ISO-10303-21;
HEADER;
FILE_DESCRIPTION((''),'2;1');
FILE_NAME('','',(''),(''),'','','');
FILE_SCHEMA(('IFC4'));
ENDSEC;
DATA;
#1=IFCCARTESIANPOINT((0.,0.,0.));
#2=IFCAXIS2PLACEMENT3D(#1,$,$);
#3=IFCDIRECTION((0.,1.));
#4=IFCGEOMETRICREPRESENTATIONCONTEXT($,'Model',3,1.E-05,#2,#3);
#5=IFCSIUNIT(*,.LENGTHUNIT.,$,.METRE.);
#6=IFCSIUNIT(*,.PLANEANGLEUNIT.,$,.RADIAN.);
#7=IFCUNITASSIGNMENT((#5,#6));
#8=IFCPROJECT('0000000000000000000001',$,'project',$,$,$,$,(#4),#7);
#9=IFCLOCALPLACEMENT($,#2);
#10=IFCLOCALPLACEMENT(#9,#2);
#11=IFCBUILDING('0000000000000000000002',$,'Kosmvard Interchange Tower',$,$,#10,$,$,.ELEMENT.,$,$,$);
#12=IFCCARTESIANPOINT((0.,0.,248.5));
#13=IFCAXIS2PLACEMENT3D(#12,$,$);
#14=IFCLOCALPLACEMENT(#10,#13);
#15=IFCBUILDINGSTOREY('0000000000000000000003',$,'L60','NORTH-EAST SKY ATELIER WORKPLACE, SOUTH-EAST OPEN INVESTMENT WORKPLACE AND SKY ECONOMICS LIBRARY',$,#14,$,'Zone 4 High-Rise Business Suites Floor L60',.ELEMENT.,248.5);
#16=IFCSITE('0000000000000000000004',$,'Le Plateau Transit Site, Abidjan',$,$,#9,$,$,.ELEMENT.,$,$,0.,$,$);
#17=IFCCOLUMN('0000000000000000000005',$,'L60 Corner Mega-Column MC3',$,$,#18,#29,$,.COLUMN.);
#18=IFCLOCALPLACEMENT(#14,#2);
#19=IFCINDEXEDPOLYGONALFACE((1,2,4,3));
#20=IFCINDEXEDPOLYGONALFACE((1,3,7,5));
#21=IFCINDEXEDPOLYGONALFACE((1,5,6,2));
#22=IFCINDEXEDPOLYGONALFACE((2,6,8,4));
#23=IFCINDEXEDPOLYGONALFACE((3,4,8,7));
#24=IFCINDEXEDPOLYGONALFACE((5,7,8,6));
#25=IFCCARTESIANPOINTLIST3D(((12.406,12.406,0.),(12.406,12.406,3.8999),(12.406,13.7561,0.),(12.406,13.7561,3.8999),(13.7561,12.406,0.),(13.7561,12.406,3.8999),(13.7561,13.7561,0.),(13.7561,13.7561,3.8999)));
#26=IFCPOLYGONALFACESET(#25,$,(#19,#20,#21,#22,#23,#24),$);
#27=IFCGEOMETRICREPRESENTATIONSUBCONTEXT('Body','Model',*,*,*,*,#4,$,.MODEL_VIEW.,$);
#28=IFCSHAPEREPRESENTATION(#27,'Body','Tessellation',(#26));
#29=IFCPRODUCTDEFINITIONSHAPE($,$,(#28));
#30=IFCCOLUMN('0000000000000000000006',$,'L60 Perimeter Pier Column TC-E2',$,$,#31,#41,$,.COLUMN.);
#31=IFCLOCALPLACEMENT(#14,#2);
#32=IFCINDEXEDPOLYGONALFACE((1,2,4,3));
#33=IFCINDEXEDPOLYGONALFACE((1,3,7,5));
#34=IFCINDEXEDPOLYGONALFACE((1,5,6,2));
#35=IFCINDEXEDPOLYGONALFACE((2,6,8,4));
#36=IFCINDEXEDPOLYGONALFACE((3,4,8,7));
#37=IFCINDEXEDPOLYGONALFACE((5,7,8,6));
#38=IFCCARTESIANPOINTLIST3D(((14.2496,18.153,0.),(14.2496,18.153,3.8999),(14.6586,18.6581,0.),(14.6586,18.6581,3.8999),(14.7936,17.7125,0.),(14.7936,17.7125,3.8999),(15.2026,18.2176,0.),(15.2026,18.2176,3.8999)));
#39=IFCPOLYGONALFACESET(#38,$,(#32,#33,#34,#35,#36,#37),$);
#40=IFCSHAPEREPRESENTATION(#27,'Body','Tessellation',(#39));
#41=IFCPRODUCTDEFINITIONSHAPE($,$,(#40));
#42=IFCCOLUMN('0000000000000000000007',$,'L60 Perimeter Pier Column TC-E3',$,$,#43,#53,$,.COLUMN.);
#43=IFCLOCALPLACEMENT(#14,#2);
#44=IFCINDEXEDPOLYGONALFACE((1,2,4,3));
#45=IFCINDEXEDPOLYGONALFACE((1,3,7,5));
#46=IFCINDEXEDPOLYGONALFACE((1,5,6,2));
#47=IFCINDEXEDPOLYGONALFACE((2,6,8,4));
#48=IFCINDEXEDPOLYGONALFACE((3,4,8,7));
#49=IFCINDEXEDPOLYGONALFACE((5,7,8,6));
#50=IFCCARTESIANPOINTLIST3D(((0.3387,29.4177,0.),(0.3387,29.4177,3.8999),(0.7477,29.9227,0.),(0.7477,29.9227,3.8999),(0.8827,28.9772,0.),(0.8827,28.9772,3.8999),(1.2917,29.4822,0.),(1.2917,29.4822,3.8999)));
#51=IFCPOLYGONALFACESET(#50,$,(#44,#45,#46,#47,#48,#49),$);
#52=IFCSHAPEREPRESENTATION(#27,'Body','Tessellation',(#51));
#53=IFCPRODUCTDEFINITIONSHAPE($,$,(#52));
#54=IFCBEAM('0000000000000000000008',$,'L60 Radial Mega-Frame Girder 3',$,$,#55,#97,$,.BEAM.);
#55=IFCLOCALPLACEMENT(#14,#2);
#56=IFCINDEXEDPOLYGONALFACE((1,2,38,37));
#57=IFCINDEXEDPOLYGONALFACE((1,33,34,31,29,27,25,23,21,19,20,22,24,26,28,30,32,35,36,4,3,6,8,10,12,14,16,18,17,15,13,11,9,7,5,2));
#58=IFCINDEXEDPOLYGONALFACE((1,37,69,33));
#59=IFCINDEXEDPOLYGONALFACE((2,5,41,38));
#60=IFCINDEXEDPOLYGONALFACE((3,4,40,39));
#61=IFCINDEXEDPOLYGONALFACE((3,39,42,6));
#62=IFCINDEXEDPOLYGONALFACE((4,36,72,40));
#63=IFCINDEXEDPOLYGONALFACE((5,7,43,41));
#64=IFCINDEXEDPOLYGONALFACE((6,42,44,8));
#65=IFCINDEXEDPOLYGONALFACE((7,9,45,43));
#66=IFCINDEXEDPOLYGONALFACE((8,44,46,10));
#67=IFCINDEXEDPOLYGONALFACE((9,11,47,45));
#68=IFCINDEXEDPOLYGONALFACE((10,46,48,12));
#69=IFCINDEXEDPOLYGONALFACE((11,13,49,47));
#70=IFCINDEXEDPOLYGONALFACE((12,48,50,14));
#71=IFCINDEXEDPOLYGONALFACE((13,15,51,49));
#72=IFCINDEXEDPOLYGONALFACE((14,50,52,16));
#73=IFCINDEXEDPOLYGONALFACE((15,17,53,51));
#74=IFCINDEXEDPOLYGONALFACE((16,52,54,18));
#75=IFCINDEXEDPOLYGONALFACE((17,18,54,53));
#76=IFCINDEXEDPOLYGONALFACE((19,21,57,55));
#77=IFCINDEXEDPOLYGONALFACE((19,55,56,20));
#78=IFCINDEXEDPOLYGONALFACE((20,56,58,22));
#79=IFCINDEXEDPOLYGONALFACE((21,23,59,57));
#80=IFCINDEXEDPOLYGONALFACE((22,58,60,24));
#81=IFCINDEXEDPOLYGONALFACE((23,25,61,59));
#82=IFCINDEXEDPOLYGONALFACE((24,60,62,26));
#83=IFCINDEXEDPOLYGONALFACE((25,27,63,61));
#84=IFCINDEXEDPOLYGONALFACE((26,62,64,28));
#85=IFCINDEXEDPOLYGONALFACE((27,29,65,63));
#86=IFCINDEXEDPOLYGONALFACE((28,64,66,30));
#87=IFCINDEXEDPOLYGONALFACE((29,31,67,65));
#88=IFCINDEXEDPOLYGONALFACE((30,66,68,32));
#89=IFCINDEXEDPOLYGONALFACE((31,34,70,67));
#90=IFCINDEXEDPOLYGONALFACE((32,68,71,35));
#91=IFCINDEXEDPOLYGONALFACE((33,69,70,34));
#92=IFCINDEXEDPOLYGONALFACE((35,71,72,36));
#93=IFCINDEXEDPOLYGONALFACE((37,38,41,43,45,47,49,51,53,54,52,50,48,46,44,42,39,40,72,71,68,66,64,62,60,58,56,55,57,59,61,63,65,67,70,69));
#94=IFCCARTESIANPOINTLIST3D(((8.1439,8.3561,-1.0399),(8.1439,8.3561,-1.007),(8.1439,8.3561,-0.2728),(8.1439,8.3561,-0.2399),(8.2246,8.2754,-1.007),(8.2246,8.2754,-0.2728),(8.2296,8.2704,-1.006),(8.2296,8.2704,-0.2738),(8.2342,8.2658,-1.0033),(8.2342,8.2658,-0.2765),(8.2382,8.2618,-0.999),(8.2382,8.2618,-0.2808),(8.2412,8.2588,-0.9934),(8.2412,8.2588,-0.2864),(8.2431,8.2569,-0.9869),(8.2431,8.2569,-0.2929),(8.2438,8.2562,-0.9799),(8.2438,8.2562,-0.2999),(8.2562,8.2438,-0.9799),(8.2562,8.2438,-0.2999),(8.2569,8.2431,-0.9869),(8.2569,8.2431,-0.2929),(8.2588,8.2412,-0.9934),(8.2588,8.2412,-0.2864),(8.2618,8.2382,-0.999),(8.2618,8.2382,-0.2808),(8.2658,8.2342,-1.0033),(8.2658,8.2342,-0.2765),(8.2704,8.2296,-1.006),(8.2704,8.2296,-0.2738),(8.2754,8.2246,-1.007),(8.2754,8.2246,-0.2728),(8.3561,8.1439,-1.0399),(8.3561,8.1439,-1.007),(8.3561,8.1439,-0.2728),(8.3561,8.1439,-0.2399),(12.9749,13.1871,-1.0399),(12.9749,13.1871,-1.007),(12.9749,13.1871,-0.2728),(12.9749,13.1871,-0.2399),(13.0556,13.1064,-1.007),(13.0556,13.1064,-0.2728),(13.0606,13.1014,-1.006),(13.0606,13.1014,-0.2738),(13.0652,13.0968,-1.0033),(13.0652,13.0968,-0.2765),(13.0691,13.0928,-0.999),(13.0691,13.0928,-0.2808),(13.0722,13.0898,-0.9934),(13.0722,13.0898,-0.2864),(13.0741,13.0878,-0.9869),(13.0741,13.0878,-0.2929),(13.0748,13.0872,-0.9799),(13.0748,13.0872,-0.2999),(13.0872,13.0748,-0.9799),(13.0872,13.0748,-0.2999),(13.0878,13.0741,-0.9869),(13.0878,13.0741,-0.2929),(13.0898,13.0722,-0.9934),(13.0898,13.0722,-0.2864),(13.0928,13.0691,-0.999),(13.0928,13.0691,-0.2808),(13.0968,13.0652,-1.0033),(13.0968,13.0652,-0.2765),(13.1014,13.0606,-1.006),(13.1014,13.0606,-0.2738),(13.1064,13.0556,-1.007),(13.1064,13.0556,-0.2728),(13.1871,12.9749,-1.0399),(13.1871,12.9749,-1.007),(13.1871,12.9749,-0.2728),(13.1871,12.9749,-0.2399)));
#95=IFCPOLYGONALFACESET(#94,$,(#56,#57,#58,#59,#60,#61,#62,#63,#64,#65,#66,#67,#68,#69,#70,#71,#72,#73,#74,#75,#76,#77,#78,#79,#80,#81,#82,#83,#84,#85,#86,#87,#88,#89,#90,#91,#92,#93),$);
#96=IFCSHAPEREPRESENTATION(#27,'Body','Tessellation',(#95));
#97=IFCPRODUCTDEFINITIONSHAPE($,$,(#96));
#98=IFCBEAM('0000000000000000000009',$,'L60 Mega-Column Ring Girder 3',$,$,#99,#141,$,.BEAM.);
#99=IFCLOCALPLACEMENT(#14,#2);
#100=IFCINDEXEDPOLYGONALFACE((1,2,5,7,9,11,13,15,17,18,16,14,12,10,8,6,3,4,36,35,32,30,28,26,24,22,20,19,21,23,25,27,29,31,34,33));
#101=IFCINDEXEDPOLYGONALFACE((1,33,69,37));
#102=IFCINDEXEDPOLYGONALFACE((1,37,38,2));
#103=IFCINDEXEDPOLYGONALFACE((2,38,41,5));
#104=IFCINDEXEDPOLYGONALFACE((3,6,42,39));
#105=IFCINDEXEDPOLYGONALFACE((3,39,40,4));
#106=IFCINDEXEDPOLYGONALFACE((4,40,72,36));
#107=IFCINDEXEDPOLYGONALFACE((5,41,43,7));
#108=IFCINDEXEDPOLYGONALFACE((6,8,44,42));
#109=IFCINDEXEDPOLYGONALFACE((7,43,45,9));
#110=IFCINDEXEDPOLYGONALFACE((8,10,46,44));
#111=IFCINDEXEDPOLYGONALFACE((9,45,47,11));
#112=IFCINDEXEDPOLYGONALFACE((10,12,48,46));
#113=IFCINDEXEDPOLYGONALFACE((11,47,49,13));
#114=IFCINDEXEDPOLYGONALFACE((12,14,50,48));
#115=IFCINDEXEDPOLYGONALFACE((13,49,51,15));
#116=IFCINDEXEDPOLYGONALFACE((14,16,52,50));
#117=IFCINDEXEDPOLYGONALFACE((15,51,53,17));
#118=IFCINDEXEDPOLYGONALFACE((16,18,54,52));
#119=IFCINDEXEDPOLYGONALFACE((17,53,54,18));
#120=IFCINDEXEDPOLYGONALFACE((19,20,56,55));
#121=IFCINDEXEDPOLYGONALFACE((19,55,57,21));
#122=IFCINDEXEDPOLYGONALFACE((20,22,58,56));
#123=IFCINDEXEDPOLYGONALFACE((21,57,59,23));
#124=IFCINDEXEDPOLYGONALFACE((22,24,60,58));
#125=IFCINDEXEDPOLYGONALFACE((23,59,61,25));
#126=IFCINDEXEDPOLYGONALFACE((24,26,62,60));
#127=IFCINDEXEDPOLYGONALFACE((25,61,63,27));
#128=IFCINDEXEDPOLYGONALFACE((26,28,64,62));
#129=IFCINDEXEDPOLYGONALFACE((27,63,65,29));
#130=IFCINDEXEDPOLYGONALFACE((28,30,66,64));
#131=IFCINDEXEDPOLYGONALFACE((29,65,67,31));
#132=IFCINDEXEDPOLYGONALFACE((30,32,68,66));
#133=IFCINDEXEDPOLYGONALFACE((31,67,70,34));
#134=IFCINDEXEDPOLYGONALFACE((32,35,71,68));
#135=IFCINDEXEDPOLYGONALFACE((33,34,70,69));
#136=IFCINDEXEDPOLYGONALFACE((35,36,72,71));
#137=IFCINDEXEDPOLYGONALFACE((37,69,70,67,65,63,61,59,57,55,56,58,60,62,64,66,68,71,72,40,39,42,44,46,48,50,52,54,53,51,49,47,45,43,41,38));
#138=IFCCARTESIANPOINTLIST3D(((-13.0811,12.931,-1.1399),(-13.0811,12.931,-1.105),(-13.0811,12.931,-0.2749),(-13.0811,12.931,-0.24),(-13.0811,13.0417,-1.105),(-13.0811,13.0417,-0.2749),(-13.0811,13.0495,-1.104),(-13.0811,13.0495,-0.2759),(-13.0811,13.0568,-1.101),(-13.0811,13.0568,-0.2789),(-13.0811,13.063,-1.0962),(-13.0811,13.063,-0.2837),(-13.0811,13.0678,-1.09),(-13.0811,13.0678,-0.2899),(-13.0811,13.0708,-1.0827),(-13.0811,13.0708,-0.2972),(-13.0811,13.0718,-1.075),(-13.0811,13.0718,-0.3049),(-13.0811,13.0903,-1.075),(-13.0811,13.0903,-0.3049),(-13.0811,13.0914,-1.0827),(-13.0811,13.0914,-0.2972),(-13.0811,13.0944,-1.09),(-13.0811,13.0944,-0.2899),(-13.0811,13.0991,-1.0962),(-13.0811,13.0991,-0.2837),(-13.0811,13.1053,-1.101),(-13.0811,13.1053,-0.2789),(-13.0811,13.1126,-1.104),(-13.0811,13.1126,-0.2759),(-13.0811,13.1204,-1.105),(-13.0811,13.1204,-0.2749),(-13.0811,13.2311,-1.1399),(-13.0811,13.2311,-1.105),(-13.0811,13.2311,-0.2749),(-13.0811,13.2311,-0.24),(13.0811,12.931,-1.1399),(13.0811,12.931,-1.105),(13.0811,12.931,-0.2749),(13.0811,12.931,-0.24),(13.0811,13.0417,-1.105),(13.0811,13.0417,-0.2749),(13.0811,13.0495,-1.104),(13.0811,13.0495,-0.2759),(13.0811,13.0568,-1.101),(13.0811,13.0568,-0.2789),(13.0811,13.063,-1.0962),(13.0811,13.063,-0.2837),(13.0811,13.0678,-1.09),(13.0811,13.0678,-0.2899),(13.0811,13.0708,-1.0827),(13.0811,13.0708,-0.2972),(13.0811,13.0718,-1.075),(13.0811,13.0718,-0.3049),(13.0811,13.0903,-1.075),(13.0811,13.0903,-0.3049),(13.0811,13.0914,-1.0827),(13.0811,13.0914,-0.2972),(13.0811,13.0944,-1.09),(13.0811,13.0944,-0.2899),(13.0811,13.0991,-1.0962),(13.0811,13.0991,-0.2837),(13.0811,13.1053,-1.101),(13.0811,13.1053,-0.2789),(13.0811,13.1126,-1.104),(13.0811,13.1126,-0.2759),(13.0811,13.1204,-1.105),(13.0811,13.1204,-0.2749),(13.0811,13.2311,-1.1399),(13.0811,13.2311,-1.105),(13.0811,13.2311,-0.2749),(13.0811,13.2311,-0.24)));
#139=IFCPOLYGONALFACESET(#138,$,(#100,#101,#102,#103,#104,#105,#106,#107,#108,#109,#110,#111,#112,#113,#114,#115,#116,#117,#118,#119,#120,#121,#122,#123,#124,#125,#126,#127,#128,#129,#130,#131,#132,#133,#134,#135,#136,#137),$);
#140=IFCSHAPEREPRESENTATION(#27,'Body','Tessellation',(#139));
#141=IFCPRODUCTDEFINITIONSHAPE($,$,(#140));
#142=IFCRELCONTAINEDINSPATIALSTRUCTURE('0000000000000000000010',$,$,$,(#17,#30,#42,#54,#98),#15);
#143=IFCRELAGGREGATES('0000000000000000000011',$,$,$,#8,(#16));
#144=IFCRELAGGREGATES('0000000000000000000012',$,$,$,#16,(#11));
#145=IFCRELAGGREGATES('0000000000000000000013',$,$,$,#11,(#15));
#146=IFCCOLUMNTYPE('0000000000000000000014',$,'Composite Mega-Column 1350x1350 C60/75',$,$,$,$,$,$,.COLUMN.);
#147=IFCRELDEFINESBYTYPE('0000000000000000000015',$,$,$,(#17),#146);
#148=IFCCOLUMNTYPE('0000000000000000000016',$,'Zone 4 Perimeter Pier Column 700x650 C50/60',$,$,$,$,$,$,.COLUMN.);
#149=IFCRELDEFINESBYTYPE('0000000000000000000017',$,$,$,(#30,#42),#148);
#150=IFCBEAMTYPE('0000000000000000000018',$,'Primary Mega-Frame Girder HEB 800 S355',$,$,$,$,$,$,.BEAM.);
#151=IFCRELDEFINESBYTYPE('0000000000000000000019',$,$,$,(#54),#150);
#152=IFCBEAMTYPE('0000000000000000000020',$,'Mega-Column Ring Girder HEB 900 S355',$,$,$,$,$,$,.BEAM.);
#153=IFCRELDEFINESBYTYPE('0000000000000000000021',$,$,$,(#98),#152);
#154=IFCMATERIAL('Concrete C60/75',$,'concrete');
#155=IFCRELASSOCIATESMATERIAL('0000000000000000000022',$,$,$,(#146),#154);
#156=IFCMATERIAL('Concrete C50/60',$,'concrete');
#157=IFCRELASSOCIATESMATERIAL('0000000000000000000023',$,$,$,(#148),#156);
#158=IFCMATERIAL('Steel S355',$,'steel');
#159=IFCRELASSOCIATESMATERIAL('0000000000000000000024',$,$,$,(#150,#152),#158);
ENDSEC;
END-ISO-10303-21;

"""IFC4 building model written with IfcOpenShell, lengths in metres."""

from ifc_helpers import new_model, si_unit, direction, frame, origin, origin_2d, place, context, subcontext, project, spatial, rectangle, i_section, extrude, source, transform, mapped, material, material_profile, profile_set, type_object, element, save


model = new_model("IFC4")

# Units and contexts
model_context = context("Model", 3, precision=1e-05, world=origin(), true_north=direction((0.0, 1.0)))
body_context = subcontext(model_context, "Body", "Model", "MODEL_VIEW")
ifc_project = project(units=[si_unit("LENGTHUNIT", "METRE"), si_unit("PLANEANGLEUNIT", "RADIAN")], contexts=[model_context])

# Site, building, storey
site_placement = place(None, origin())
site = spatial("IfcSite", under=ifc_project, at=site_placement, Name="Le Plateau Transit Site, Abidjan", CompositionType="ELEMENT", RefElevation=0.0)
building_placement = place(site_placement, origin())
building = spatial("IfcBuilding", under=site, at=building_placement, Name="Kosmvard Interchange Tower", CompositionType="ELEMENT")
storey_placement = place(building_placement, frame((0.0, 0.0, 248.5)))
storey = spatial("IfcBuildingStorey", under=building, at=storey_placement, Name="L60", Description="NORTH-EAST SKY ATELIER WORKPLACE, SOUTH-EAST OPEN INVESTMENT WORKPLACE AND SKY ECONOMICS LIBRARY", LongName="Zone 4 High-Rise Business Suites Floor L60", CompositionType="ELEMENT", Elevation=248.5)

# Columns
ifc_material_1 = material(Name="Concrete C60/75", Category="concrete")
ifc_material_profile_1 = material_profile(ifc_material_1, rectangle(XDim=1.3501, YDim=1.3501, at=origin_2d()), Name="MC 1350x1350")
ifc_profile_set_1 = profile_set([ifc_material_profile_1], Name="Concrete C60/75")
column_type_1 = type_object("IfcColumnType", Name="Composite Mega-Column 1350x1350 C60/75", PredefinedType="COLUMN", material=ifc_profile_set_1)
shared_shape_1 = source(origin(), body_context, "Body", "SweptSolid", [
    extrude(rectangle(XDim=1.3501, YDim=1.3501, at=origin_2d()), origin(), (0.0, 0.0, 1.0), 3.8999),
])
column_placement = place(storey_placement, frame((13.0811, 13.0811, 0.0), z_axis=(0.0, 0.0, 1.0), x_axis=(1.0, 0.0, 0.0)))
element("IfcColumn", 1, at=column_placement, inside=storey, type_object=column_type_1, Name="L60 Corner Mega-Column MC3", PredefinedType="COLUMN", context=body_context, shape_type="MappedRepresentation", body=[
    mapped(shared_shape_1, transform((0.0, 0.0, 0.0), scale=1.0)),
])
ifc_material_2 = material(Name="Concrete C50/60", Category="concrete")
ifc_material_profile_2 = material_profile(ifc_material_2, rectangle(XDim=0.6499, YDim=0.7, at=origin_2d()), Name="TC 700x650")
ifc_profile_set_2 = profile_set([ifc_material_profile_2], Name="Concrete C50/60")
column_type_2 = type_object("IfcColumnType", Name="Zone 4 Perimeter Pier Column 700x650 C50/60", PredefinedType="COLUMN", material=ifc_profile_set_2)
shared_shape_2 = source(origin(), body_context, "Body", "SweptSolid", [
    extrude(rectangle(XDim=0.6499, YDim=0.7, at=origin_2d()), origin(), (0.0, 0.0, 1.0), 3.8999),
])
for number, where, z_axis, x_axis, name in (
    (2, (14.7261, 18.1853, 0.0), (0.0, 0.0, 1.0), (0.62932, 0.777146, 0.0), "L60 Perimeter Pier Column TC-E2"),
    (3, (0.8152, 29.45, 0.0), (0.0, 0.0, 1.0), (0.62932, 0.777146, 0.0), "L60 Perimeter Pier Column TC-E3"),
):
    element("IfcColumn", number, at=place(storey_placement, frame(where, z_axis=z_axis, x_axis=x_axis)), inside=storey, type_object=column_type_2, Name=name, PredefinedType="COLUMN", context=body_context, shape_type="MappedRepresentation", body=[
        mapped(shared_shape_2, transform((0.0, 0.0, 0.0), scale=1.0)),
    ])

# Beams
ifc_material_3 = material(Name="Steel S355", Category="steel")
ifc_material_profile_3 = material_profile(ifc_material_3, i_section(OverallWidth=0.3, OverallDepth=0.8, WebThickness=0.0176, FlangeThickness=0.033, FilletRadius=0.0271, at=origin_2d()), Name="HEB 800")
ifc_profile_set_3 = profile_set([ifc_material_profile_3], Name="Steel S355")
beam_type_1 = type_object("IfcBeamType", Name="Primary Mega-Frame Girder HEB 800 S355", PredefinedType="BEAM", material=ifc_profile_set_3)
shared_shape_3 = source(origin(), body_context, "Body", "SweptSolid", [
    extrude(i_section(OverallWidth=0.3, OverallDepth=0.8, WebThickness=0.0176, FlangeThickness=0.033, FilletRadius=0.0271, at=origin_2d()), origin(), (0.0, 0.0, 1.0), 6.832),
])
beam_1_placement = place(storey_placement, frame((8.25, 8.25, -0.6399), z_axis=(0.707107, 0.707107, 0.0), x_axis=(-0.707107, 0.707107, 0.0)))
element("IfcBeam", 4, at=beam_1_placement, inside=storey, type_object=beam_type_1, Name="L60 Radial Mega-Frame Girder 3", PredefinedType="BEAM", context=body_context, shape_type="MappedRepresentation", body=[
    mapped(shared_shape_3, transform((0.0, 0.0, 0.0), scale=1.0)),
])
ifc_material_profile_4 = material_profile(ifc_material_3, i_section(OverallWidth=0.3, OverallDepth=0.8999, WebThickness=0.0186, FlangeThickness=0.0349, FilletRadius=0.03, at=origin_2d()), Name="HEB 900")
ifc_profile_set_4 = profile_set([ifc_material_profile_4], Name="Steel S355")
beam_type_2 = type_object("IfcBeamType", Name="Mega-Column Ring Girder HEB 900 S355", PredefinedType="BEAM", material=ifc_profile_set_4)
shared_shape_4 = source(origin(), body_context, "Body", "SweptSolid", [
    extrude(i_section(OverallWidth=0.3, OverallDepth=0.8999, WebThickness=0.0186, FlangeThickness=0.0349, FilletRadius=0.03, at=origin_2d()), origin(), (0.0, 0.0, 1.0), 26.1621),
])
beam_2_placement = place(storey_placement, frame((13.0811, 13.0811, -0.6899), z_axis=(-1.0, 0.0, 0.0), x_axis=(0.0, -1.0, 0.0)))
element("IfcBeam", 5, at=beam_2_placement, inside=storey, type_object=beam_type_2, Name="L60 Mega-Column Ring Girder 3", PredefinedType="BEAM", context=body_context, shape_type="MappedRepresentation", body=[
    mapped(shared_shape_4, transform((0.0, 0.0, 0.0), scale=1.0)),
])

save(model, "model.ifc")
